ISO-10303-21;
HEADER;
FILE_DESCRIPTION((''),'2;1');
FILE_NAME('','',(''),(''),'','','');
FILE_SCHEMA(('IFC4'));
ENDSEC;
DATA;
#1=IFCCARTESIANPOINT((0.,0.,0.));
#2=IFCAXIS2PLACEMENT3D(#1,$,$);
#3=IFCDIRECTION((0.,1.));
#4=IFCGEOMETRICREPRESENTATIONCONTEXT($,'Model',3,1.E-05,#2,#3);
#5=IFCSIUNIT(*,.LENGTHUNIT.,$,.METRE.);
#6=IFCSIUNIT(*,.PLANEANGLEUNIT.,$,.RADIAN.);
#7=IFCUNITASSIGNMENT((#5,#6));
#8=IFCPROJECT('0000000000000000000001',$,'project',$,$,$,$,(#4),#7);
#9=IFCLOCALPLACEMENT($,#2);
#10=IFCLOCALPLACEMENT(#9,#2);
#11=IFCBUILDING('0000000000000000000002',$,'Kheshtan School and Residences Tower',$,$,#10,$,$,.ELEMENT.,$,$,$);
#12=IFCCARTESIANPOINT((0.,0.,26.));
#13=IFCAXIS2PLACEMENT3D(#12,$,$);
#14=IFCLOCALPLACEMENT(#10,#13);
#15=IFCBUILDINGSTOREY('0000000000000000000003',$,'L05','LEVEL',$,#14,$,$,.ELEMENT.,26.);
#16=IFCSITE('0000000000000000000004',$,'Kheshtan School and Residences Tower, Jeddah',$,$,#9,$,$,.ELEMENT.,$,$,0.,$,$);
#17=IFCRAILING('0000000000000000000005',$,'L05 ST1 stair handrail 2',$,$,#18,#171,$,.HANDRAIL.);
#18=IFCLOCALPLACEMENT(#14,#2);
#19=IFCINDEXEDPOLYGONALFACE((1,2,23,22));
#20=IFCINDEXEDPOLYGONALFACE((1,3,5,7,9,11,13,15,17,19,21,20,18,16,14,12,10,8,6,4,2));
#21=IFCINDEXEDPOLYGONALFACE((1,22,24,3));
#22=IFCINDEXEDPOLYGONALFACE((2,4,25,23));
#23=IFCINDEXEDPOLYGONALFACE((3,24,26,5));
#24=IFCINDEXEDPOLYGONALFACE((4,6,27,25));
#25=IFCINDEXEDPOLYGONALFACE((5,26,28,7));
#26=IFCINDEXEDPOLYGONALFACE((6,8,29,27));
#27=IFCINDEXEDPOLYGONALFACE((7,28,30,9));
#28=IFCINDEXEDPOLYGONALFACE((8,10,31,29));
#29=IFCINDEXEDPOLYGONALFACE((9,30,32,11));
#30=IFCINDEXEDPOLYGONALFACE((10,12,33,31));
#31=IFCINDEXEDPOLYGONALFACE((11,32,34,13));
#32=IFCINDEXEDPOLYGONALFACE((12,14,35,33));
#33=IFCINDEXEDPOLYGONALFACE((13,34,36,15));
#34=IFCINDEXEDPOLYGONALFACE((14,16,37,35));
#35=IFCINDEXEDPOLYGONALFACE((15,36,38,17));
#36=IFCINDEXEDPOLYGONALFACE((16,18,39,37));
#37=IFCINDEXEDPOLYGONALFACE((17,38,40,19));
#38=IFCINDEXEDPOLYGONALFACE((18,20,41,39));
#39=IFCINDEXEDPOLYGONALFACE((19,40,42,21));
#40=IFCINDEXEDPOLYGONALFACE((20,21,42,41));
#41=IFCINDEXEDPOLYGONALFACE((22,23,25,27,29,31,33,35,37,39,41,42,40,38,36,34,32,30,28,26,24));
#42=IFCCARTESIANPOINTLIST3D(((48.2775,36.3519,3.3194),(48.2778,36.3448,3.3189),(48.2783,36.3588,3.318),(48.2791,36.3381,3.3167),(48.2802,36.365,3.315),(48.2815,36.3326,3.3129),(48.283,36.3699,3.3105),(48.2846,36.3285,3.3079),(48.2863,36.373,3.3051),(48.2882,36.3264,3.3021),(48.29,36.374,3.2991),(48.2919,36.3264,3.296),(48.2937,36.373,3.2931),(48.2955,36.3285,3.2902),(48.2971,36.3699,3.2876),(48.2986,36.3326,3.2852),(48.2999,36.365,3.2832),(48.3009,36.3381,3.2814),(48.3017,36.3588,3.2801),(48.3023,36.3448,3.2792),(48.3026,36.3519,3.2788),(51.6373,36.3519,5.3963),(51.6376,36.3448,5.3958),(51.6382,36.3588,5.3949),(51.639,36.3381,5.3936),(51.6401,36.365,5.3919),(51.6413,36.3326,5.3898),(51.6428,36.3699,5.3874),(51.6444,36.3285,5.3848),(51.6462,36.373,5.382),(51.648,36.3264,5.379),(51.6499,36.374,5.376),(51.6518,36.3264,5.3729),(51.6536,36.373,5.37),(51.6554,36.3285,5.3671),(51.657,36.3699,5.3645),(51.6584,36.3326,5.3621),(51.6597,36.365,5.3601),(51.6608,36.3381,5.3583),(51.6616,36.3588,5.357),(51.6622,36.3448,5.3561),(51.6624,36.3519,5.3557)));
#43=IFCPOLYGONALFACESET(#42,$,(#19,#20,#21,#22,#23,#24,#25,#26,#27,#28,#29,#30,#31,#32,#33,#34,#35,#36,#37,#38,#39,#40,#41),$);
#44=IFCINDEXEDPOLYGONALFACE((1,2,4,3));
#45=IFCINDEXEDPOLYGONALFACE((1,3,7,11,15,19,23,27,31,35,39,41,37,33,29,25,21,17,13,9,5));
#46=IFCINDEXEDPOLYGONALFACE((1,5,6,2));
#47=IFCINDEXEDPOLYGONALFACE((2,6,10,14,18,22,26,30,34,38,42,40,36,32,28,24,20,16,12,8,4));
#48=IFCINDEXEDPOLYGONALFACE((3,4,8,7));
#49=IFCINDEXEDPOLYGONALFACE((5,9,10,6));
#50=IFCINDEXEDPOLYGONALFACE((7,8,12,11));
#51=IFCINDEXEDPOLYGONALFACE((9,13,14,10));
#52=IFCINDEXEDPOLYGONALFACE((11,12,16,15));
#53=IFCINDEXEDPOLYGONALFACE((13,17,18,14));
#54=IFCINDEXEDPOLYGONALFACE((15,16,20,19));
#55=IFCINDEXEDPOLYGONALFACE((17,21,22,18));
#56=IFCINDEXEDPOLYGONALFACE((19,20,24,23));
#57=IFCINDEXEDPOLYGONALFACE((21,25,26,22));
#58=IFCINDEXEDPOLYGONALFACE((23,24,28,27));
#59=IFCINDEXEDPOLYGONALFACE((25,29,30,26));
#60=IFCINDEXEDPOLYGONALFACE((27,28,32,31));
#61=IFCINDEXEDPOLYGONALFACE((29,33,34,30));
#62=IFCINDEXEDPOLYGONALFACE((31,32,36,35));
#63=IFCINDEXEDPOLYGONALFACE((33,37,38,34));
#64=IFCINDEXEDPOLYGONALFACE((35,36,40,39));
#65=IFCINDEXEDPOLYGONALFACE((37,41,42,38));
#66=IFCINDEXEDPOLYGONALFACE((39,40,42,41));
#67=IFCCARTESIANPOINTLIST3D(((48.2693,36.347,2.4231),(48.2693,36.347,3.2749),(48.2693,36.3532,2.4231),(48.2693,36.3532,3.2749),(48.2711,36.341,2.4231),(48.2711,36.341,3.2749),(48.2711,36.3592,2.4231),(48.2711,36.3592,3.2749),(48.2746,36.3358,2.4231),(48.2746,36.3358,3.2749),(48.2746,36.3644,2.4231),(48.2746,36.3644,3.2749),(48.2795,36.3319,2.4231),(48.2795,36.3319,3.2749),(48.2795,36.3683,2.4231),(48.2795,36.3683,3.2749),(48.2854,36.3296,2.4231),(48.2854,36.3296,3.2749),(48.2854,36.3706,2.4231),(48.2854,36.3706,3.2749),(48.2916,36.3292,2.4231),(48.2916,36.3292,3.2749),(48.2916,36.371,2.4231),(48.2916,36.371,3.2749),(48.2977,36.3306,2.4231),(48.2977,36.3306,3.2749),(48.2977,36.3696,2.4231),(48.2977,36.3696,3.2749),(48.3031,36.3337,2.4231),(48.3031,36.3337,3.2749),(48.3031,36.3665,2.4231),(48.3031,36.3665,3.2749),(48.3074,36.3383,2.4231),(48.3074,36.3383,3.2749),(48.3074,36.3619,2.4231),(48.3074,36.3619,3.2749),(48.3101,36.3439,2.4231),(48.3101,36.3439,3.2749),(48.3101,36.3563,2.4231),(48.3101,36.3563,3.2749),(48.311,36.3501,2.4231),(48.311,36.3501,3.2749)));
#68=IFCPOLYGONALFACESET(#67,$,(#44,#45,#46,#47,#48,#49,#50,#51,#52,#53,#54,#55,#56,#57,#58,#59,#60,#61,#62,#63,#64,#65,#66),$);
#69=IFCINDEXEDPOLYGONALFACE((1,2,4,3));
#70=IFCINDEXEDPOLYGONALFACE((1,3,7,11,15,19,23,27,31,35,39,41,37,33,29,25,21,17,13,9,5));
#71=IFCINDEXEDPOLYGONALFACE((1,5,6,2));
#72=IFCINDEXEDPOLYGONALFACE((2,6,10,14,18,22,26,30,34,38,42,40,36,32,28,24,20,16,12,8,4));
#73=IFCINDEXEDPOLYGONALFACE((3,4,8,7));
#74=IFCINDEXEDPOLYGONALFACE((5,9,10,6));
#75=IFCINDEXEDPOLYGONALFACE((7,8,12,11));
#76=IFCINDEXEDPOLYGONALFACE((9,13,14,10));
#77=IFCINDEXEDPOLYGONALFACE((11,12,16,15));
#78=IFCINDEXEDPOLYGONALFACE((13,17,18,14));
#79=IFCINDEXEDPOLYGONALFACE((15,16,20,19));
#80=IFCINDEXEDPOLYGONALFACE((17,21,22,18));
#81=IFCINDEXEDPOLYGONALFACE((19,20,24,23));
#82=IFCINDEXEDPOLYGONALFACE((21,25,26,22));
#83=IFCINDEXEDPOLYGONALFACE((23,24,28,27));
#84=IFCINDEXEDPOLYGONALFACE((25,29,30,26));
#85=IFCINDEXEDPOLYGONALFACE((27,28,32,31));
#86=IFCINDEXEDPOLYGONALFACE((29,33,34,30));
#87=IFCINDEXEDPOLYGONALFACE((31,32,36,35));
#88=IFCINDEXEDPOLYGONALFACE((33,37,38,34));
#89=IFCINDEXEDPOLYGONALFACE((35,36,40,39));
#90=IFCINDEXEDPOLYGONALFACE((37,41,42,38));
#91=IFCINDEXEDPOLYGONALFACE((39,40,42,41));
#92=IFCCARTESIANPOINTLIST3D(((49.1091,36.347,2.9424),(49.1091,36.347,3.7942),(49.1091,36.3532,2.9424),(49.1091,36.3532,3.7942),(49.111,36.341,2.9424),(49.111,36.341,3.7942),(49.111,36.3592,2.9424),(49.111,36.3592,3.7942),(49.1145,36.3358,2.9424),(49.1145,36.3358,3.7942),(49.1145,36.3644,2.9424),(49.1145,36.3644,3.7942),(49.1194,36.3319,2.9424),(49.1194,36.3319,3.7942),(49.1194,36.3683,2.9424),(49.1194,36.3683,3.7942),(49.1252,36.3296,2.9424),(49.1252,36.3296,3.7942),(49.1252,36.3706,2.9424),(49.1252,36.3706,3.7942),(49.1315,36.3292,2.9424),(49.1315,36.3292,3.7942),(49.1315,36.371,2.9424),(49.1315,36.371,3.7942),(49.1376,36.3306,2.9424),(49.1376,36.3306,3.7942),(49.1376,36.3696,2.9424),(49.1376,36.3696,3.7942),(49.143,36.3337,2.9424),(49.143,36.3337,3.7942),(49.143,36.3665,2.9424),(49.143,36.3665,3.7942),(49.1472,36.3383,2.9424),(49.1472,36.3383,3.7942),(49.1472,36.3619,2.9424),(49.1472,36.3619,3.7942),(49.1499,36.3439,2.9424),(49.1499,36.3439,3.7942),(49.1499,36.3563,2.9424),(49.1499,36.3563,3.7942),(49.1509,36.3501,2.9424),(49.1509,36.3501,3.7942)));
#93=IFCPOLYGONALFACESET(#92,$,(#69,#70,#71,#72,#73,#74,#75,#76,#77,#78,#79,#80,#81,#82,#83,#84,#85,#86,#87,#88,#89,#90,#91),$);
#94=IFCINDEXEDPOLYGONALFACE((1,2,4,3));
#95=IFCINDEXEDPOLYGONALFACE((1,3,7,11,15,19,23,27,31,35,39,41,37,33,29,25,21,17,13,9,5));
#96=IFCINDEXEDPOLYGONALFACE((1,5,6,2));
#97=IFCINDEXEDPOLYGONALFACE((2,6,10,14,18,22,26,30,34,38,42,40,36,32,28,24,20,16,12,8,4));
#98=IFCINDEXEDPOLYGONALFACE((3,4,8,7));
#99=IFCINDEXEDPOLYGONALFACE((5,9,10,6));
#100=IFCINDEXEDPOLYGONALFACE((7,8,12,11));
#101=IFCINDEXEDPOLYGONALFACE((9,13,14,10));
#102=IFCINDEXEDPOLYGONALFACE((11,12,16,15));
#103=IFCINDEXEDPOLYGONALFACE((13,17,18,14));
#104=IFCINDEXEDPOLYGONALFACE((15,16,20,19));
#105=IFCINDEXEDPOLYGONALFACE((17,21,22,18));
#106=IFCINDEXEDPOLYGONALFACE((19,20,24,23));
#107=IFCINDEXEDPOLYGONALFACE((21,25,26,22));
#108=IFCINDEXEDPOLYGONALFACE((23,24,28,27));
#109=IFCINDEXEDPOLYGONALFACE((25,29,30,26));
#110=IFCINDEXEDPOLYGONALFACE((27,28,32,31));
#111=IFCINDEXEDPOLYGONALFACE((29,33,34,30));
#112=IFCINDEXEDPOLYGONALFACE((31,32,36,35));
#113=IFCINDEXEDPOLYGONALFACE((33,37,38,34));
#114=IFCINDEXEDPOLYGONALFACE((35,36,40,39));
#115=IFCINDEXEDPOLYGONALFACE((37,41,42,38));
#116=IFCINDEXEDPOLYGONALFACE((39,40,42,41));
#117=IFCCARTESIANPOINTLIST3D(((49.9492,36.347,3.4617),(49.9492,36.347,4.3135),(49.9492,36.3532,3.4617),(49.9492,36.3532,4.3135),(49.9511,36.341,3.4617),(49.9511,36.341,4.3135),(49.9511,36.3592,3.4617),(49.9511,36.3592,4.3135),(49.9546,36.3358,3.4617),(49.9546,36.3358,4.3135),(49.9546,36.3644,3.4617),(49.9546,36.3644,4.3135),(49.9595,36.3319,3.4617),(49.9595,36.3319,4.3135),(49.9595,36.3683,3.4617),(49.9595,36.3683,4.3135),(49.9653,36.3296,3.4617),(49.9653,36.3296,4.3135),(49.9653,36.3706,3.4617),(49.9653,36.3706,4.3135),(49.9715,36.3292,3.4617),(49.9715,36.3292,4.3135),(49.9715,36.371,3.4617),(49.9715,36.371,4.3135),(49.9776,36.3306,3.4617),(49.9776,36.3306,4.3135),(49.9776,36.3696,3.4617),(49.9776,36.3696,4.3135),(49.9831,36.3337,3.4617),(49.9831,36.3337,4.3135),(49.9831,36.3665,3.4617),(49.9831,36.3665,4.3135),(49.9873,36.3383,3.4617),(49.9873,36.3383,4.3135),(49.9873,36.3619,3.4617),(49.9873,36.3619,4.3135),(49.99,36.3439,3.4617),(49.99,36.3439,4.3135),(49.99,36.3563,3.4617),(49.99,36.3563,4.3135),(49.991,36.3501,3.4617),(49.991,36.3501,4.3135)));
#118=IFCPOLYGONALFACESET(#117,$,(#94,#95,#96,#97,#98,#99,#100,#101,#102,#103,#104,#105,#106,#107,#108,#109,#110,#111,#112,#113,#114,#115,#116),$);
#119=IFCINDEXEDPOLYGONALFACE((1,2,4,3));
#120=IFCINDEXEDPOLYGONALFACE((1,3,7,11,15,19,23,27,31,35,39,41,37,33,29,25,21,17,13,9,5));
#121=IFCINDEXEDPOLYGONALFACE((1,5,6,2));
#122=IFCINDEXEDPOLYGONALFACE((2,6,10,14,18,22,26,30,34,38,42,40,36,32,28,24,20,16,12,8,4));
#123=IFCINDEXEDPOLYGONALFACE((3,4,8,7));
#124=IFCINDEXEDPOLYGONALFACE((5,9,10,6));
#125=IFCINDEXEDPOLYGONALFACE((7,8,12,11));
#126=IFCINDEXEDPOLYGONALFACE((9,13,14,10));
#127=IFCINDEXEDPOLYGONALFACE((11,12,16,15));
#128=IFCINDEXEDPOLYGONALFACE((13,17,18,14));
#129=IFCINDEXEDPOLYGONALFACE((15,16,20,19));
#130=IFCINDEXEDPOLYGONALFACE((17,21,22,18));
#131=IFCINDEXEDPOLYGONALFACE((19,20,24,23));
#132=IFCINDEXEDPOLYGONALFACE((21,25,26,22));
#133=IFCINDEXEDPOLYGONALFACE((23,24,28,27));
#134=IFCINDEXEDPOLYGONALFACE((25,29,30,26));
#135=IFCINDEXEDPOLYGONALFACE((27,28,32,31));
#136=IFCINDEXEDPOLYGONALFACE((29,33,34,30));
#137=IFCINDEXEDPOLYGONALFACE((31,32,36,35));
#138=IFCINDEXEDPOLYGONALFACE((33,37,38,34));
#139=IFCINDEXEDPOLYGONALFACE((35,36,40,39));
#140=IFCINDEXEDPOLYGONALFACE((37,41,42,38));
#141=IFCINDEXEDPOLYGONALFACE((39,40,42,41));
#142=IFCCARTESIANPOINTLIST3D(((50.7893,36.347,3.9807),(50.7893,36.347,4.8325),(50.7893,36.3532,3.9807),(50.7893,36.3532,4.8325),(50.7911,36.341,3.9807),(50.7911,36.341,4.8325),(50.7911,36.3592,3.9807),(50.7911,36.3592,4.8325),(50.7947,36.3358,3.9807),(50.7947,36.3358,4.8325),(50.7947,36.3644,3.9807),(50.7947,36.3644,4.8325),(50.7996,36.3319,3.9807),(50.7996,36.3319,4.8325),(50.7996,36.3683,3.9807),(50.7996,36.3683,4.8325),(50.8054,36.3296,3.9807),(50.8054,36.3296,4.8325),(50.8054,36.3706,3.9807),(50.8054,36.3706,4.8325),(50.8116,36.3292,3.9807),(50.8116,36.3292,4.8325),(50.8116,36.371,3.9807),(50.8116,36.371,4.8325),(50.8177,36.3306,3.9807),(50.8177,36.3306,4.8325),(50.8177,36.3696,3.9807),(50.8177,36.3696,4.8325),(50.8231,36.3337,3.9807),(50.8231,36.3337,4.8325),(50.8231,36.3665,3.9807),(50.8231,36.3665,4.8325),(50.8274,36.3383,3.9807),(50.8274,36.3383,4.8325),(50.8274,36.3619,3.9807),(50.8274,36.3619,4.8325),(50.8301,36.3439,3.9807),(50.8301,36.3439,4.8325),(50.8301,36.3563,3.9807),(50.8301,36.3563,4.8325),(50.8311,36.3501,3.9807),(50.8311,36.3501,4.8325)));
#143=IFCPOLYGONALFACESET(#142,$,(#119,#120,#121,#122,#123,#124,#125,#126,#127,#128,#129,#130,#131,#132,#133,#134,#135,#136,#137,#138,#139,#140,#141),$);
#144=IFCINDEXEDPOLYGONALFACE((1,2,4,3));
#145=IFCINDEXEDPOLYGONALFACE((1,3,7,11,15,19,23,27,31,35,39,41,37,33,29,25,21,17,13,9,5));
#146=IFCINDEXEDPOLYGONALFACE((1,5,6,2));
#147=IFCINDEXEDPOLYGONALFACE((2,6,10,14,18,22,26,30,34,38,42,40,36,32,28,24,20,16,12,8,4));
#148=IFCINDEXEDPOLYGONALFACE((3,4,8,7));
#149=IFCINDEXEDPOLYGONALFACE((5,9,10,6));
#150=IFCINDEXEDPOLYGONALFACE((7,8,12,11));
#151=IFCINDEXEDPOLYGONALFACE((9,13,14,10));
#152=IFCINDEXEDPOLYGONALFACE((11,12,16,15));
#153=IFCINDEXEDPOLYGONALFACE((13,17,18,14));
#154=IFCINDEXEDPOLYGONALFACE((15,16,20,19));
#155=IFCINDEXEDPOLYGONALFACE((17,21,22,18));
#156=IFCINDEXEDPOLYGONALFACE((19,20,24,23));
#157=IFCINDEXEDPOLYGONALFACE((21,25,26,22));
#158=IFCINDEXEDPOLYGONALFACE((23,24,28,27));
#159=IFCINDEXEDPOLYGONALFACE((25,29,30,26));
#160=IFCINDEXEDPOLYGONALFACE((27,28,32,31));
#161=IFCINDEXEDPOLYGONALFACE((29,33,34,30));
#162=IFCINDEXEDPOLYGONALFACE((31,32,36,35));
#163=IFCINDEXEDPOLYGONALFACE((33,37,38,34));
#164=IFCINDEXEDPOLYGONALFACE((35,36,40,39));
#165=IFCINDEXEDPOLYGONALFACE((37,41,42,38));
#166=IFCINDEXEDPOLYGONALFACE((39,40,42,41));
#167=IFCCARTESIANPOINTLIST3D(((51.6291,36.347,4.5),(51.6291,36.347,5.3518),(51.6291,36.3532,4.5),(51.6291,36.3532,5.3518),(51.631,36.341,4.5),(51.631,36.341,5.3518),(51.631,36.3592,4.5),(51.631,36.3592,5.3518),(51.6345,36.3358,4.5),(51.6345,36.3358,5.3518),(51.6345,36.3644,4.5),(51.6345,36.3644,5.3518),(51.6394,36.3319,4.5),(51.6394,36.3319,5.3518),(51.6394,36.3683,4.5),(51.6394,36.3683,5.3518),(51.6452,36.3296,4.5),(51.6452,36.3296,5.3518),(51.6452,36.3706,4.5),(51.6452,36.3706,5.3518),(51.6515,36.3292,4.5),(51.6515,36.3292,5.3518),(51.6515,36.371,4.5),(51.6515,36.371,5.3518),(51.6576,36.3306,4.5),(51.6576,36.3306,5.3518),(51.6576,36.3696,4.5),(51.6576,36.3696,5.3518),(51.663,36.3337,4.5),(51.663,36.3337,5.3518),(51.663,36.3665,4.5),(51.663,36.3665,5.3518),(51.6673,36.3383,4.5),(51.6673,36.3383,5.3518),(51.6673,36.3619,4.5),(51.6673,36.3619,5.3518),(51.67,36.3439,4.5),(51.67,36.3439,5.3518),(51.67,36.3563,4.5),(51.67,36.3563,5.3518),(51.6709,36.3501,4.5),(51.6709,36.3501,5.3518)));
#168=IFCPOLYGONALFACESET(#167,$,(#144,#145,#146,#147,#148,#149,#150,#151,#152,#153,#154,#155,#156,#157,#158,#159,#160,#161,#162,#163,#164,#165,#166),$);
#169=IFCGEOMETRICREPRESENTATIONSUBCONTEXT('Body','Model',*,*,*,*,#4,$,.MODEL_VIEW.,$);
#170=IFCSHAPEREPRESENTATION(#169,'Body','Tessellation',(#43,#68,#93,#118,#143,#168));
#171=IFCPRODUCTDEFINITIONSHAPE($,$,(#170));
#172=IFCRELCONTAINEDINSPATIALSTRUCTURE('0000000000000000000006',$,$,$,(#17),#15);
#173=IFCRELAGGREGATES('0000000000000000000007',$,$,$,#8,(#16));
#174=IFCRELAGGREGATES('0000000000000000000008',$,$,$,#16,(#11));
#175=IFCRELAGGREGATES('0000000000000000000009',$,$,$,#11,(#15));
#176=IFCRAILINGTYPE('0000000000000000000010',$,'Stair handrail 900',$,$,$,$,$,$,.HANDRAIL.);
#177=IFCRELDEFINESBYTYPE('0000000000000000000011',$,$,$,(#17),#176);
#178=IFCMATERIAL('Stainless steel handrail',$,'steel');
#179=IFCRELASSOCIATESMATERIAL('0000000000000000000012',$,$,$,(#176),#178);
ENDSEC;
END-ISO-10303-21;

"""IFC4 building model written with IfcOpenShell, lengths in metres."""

from ifc_helpers import new_model, si_unit, direction, frame, origin, origin_2d, place, context, subcontext, project, spatial, circle, extrude, material, type_object, element, save


model = new_model("IFC4")

# Units and contexts
model_context = context("Model", 3, precision=1e-05, world=origin(), true_north=direction((0.0, 1.0)))
body_context = subcontext(model_context, "Body", "Model", "MODEL_VIEW")
ifc_project = project(units=[si_unit("LENGTHUNIT", "METRE"), si_unit("PLANEANGLEUNIT", "RADIAN")], contexts=[model_context])

# Site, building, storey
site_placement = place(None, origin())
site = spatial("IfcSite", under=ifc_project, at=site_placement, Name="Kheshtan School and Residences Tower, Jeddah", CompositionType="ELEMENT", RefElevation=0.0)
building_placement = place(site_placement, origin())
building = spatial("IfcBuilding", under=site, at=building_placement, Name="Kheshtan School and Residences Tower", CompositionType="ELEMENT")
storey_placement = place(building_placement, frame((0.0, 0.0, 26.0)))
storey = spatial("IfcBuildingStorey", under=building, at=storey_placement, Name="L05", Description="LEVEL", CompositionType="ELEMENT", Elevation=26.0)

# Railing
ifc_material_1 = material(Name="Stainless steel handrail", Category="steel")
railing_type_1 = type_object("IfcRailingType", Name="Stair handrail 900", PredefinedType="HANDRAIL", material=ifc_material_1)
railing_1_placement = place(storey_placement, frame((48.29, 36.3501, 2.4231)))
element("IfcRailing", 1, at=railing_1_placement, inside=storey, type_object=railing_type_1, Name="L05 ST1 stair handrail 2", PredefinedType="HANDRAIL", context=body_context, shape_type="SweptSolid", body=[
    extrude(circle(Radius=0.0239, at=origin_2d()), frame((0.0, 0.0, 0.876), z_axis=(0.850606, 0.0, 0.525803), x_axis=(0.0, 1.0, 0.0)), (0.0, 0.0, 1.0), 3.95),
    extrude(circle(Radius=0.021, at=origin_2d()), origin(), (0.0, 0.0, 1.0), 0.8518),
    extrude(circle(Radius=0.021, at=origin_2d()), frame((0.8398, 0.0, 0.5193)), (0.0, 0.0, 1.0), 0.8518),
    extrude(circle(Radius=0.021, at=origin_2d()), frame((1.6799, 0.0, 1.0386)), (0.0, 0.0, 1.0), 0.8518),
    extrude(circle(Radius=0.021, at=origin_2d()), frame((2.52, 0.0, 1.5576)), (0.0, 0.0, 1.0), 0.8518),
    extrude(circle(Radius=0.021, at=origin_2d()), frame((3.3599, 0.0, 2.0769)), (0.0, 0.0, 1.0), 0.8518),
])

save(model, "model.ifc")
